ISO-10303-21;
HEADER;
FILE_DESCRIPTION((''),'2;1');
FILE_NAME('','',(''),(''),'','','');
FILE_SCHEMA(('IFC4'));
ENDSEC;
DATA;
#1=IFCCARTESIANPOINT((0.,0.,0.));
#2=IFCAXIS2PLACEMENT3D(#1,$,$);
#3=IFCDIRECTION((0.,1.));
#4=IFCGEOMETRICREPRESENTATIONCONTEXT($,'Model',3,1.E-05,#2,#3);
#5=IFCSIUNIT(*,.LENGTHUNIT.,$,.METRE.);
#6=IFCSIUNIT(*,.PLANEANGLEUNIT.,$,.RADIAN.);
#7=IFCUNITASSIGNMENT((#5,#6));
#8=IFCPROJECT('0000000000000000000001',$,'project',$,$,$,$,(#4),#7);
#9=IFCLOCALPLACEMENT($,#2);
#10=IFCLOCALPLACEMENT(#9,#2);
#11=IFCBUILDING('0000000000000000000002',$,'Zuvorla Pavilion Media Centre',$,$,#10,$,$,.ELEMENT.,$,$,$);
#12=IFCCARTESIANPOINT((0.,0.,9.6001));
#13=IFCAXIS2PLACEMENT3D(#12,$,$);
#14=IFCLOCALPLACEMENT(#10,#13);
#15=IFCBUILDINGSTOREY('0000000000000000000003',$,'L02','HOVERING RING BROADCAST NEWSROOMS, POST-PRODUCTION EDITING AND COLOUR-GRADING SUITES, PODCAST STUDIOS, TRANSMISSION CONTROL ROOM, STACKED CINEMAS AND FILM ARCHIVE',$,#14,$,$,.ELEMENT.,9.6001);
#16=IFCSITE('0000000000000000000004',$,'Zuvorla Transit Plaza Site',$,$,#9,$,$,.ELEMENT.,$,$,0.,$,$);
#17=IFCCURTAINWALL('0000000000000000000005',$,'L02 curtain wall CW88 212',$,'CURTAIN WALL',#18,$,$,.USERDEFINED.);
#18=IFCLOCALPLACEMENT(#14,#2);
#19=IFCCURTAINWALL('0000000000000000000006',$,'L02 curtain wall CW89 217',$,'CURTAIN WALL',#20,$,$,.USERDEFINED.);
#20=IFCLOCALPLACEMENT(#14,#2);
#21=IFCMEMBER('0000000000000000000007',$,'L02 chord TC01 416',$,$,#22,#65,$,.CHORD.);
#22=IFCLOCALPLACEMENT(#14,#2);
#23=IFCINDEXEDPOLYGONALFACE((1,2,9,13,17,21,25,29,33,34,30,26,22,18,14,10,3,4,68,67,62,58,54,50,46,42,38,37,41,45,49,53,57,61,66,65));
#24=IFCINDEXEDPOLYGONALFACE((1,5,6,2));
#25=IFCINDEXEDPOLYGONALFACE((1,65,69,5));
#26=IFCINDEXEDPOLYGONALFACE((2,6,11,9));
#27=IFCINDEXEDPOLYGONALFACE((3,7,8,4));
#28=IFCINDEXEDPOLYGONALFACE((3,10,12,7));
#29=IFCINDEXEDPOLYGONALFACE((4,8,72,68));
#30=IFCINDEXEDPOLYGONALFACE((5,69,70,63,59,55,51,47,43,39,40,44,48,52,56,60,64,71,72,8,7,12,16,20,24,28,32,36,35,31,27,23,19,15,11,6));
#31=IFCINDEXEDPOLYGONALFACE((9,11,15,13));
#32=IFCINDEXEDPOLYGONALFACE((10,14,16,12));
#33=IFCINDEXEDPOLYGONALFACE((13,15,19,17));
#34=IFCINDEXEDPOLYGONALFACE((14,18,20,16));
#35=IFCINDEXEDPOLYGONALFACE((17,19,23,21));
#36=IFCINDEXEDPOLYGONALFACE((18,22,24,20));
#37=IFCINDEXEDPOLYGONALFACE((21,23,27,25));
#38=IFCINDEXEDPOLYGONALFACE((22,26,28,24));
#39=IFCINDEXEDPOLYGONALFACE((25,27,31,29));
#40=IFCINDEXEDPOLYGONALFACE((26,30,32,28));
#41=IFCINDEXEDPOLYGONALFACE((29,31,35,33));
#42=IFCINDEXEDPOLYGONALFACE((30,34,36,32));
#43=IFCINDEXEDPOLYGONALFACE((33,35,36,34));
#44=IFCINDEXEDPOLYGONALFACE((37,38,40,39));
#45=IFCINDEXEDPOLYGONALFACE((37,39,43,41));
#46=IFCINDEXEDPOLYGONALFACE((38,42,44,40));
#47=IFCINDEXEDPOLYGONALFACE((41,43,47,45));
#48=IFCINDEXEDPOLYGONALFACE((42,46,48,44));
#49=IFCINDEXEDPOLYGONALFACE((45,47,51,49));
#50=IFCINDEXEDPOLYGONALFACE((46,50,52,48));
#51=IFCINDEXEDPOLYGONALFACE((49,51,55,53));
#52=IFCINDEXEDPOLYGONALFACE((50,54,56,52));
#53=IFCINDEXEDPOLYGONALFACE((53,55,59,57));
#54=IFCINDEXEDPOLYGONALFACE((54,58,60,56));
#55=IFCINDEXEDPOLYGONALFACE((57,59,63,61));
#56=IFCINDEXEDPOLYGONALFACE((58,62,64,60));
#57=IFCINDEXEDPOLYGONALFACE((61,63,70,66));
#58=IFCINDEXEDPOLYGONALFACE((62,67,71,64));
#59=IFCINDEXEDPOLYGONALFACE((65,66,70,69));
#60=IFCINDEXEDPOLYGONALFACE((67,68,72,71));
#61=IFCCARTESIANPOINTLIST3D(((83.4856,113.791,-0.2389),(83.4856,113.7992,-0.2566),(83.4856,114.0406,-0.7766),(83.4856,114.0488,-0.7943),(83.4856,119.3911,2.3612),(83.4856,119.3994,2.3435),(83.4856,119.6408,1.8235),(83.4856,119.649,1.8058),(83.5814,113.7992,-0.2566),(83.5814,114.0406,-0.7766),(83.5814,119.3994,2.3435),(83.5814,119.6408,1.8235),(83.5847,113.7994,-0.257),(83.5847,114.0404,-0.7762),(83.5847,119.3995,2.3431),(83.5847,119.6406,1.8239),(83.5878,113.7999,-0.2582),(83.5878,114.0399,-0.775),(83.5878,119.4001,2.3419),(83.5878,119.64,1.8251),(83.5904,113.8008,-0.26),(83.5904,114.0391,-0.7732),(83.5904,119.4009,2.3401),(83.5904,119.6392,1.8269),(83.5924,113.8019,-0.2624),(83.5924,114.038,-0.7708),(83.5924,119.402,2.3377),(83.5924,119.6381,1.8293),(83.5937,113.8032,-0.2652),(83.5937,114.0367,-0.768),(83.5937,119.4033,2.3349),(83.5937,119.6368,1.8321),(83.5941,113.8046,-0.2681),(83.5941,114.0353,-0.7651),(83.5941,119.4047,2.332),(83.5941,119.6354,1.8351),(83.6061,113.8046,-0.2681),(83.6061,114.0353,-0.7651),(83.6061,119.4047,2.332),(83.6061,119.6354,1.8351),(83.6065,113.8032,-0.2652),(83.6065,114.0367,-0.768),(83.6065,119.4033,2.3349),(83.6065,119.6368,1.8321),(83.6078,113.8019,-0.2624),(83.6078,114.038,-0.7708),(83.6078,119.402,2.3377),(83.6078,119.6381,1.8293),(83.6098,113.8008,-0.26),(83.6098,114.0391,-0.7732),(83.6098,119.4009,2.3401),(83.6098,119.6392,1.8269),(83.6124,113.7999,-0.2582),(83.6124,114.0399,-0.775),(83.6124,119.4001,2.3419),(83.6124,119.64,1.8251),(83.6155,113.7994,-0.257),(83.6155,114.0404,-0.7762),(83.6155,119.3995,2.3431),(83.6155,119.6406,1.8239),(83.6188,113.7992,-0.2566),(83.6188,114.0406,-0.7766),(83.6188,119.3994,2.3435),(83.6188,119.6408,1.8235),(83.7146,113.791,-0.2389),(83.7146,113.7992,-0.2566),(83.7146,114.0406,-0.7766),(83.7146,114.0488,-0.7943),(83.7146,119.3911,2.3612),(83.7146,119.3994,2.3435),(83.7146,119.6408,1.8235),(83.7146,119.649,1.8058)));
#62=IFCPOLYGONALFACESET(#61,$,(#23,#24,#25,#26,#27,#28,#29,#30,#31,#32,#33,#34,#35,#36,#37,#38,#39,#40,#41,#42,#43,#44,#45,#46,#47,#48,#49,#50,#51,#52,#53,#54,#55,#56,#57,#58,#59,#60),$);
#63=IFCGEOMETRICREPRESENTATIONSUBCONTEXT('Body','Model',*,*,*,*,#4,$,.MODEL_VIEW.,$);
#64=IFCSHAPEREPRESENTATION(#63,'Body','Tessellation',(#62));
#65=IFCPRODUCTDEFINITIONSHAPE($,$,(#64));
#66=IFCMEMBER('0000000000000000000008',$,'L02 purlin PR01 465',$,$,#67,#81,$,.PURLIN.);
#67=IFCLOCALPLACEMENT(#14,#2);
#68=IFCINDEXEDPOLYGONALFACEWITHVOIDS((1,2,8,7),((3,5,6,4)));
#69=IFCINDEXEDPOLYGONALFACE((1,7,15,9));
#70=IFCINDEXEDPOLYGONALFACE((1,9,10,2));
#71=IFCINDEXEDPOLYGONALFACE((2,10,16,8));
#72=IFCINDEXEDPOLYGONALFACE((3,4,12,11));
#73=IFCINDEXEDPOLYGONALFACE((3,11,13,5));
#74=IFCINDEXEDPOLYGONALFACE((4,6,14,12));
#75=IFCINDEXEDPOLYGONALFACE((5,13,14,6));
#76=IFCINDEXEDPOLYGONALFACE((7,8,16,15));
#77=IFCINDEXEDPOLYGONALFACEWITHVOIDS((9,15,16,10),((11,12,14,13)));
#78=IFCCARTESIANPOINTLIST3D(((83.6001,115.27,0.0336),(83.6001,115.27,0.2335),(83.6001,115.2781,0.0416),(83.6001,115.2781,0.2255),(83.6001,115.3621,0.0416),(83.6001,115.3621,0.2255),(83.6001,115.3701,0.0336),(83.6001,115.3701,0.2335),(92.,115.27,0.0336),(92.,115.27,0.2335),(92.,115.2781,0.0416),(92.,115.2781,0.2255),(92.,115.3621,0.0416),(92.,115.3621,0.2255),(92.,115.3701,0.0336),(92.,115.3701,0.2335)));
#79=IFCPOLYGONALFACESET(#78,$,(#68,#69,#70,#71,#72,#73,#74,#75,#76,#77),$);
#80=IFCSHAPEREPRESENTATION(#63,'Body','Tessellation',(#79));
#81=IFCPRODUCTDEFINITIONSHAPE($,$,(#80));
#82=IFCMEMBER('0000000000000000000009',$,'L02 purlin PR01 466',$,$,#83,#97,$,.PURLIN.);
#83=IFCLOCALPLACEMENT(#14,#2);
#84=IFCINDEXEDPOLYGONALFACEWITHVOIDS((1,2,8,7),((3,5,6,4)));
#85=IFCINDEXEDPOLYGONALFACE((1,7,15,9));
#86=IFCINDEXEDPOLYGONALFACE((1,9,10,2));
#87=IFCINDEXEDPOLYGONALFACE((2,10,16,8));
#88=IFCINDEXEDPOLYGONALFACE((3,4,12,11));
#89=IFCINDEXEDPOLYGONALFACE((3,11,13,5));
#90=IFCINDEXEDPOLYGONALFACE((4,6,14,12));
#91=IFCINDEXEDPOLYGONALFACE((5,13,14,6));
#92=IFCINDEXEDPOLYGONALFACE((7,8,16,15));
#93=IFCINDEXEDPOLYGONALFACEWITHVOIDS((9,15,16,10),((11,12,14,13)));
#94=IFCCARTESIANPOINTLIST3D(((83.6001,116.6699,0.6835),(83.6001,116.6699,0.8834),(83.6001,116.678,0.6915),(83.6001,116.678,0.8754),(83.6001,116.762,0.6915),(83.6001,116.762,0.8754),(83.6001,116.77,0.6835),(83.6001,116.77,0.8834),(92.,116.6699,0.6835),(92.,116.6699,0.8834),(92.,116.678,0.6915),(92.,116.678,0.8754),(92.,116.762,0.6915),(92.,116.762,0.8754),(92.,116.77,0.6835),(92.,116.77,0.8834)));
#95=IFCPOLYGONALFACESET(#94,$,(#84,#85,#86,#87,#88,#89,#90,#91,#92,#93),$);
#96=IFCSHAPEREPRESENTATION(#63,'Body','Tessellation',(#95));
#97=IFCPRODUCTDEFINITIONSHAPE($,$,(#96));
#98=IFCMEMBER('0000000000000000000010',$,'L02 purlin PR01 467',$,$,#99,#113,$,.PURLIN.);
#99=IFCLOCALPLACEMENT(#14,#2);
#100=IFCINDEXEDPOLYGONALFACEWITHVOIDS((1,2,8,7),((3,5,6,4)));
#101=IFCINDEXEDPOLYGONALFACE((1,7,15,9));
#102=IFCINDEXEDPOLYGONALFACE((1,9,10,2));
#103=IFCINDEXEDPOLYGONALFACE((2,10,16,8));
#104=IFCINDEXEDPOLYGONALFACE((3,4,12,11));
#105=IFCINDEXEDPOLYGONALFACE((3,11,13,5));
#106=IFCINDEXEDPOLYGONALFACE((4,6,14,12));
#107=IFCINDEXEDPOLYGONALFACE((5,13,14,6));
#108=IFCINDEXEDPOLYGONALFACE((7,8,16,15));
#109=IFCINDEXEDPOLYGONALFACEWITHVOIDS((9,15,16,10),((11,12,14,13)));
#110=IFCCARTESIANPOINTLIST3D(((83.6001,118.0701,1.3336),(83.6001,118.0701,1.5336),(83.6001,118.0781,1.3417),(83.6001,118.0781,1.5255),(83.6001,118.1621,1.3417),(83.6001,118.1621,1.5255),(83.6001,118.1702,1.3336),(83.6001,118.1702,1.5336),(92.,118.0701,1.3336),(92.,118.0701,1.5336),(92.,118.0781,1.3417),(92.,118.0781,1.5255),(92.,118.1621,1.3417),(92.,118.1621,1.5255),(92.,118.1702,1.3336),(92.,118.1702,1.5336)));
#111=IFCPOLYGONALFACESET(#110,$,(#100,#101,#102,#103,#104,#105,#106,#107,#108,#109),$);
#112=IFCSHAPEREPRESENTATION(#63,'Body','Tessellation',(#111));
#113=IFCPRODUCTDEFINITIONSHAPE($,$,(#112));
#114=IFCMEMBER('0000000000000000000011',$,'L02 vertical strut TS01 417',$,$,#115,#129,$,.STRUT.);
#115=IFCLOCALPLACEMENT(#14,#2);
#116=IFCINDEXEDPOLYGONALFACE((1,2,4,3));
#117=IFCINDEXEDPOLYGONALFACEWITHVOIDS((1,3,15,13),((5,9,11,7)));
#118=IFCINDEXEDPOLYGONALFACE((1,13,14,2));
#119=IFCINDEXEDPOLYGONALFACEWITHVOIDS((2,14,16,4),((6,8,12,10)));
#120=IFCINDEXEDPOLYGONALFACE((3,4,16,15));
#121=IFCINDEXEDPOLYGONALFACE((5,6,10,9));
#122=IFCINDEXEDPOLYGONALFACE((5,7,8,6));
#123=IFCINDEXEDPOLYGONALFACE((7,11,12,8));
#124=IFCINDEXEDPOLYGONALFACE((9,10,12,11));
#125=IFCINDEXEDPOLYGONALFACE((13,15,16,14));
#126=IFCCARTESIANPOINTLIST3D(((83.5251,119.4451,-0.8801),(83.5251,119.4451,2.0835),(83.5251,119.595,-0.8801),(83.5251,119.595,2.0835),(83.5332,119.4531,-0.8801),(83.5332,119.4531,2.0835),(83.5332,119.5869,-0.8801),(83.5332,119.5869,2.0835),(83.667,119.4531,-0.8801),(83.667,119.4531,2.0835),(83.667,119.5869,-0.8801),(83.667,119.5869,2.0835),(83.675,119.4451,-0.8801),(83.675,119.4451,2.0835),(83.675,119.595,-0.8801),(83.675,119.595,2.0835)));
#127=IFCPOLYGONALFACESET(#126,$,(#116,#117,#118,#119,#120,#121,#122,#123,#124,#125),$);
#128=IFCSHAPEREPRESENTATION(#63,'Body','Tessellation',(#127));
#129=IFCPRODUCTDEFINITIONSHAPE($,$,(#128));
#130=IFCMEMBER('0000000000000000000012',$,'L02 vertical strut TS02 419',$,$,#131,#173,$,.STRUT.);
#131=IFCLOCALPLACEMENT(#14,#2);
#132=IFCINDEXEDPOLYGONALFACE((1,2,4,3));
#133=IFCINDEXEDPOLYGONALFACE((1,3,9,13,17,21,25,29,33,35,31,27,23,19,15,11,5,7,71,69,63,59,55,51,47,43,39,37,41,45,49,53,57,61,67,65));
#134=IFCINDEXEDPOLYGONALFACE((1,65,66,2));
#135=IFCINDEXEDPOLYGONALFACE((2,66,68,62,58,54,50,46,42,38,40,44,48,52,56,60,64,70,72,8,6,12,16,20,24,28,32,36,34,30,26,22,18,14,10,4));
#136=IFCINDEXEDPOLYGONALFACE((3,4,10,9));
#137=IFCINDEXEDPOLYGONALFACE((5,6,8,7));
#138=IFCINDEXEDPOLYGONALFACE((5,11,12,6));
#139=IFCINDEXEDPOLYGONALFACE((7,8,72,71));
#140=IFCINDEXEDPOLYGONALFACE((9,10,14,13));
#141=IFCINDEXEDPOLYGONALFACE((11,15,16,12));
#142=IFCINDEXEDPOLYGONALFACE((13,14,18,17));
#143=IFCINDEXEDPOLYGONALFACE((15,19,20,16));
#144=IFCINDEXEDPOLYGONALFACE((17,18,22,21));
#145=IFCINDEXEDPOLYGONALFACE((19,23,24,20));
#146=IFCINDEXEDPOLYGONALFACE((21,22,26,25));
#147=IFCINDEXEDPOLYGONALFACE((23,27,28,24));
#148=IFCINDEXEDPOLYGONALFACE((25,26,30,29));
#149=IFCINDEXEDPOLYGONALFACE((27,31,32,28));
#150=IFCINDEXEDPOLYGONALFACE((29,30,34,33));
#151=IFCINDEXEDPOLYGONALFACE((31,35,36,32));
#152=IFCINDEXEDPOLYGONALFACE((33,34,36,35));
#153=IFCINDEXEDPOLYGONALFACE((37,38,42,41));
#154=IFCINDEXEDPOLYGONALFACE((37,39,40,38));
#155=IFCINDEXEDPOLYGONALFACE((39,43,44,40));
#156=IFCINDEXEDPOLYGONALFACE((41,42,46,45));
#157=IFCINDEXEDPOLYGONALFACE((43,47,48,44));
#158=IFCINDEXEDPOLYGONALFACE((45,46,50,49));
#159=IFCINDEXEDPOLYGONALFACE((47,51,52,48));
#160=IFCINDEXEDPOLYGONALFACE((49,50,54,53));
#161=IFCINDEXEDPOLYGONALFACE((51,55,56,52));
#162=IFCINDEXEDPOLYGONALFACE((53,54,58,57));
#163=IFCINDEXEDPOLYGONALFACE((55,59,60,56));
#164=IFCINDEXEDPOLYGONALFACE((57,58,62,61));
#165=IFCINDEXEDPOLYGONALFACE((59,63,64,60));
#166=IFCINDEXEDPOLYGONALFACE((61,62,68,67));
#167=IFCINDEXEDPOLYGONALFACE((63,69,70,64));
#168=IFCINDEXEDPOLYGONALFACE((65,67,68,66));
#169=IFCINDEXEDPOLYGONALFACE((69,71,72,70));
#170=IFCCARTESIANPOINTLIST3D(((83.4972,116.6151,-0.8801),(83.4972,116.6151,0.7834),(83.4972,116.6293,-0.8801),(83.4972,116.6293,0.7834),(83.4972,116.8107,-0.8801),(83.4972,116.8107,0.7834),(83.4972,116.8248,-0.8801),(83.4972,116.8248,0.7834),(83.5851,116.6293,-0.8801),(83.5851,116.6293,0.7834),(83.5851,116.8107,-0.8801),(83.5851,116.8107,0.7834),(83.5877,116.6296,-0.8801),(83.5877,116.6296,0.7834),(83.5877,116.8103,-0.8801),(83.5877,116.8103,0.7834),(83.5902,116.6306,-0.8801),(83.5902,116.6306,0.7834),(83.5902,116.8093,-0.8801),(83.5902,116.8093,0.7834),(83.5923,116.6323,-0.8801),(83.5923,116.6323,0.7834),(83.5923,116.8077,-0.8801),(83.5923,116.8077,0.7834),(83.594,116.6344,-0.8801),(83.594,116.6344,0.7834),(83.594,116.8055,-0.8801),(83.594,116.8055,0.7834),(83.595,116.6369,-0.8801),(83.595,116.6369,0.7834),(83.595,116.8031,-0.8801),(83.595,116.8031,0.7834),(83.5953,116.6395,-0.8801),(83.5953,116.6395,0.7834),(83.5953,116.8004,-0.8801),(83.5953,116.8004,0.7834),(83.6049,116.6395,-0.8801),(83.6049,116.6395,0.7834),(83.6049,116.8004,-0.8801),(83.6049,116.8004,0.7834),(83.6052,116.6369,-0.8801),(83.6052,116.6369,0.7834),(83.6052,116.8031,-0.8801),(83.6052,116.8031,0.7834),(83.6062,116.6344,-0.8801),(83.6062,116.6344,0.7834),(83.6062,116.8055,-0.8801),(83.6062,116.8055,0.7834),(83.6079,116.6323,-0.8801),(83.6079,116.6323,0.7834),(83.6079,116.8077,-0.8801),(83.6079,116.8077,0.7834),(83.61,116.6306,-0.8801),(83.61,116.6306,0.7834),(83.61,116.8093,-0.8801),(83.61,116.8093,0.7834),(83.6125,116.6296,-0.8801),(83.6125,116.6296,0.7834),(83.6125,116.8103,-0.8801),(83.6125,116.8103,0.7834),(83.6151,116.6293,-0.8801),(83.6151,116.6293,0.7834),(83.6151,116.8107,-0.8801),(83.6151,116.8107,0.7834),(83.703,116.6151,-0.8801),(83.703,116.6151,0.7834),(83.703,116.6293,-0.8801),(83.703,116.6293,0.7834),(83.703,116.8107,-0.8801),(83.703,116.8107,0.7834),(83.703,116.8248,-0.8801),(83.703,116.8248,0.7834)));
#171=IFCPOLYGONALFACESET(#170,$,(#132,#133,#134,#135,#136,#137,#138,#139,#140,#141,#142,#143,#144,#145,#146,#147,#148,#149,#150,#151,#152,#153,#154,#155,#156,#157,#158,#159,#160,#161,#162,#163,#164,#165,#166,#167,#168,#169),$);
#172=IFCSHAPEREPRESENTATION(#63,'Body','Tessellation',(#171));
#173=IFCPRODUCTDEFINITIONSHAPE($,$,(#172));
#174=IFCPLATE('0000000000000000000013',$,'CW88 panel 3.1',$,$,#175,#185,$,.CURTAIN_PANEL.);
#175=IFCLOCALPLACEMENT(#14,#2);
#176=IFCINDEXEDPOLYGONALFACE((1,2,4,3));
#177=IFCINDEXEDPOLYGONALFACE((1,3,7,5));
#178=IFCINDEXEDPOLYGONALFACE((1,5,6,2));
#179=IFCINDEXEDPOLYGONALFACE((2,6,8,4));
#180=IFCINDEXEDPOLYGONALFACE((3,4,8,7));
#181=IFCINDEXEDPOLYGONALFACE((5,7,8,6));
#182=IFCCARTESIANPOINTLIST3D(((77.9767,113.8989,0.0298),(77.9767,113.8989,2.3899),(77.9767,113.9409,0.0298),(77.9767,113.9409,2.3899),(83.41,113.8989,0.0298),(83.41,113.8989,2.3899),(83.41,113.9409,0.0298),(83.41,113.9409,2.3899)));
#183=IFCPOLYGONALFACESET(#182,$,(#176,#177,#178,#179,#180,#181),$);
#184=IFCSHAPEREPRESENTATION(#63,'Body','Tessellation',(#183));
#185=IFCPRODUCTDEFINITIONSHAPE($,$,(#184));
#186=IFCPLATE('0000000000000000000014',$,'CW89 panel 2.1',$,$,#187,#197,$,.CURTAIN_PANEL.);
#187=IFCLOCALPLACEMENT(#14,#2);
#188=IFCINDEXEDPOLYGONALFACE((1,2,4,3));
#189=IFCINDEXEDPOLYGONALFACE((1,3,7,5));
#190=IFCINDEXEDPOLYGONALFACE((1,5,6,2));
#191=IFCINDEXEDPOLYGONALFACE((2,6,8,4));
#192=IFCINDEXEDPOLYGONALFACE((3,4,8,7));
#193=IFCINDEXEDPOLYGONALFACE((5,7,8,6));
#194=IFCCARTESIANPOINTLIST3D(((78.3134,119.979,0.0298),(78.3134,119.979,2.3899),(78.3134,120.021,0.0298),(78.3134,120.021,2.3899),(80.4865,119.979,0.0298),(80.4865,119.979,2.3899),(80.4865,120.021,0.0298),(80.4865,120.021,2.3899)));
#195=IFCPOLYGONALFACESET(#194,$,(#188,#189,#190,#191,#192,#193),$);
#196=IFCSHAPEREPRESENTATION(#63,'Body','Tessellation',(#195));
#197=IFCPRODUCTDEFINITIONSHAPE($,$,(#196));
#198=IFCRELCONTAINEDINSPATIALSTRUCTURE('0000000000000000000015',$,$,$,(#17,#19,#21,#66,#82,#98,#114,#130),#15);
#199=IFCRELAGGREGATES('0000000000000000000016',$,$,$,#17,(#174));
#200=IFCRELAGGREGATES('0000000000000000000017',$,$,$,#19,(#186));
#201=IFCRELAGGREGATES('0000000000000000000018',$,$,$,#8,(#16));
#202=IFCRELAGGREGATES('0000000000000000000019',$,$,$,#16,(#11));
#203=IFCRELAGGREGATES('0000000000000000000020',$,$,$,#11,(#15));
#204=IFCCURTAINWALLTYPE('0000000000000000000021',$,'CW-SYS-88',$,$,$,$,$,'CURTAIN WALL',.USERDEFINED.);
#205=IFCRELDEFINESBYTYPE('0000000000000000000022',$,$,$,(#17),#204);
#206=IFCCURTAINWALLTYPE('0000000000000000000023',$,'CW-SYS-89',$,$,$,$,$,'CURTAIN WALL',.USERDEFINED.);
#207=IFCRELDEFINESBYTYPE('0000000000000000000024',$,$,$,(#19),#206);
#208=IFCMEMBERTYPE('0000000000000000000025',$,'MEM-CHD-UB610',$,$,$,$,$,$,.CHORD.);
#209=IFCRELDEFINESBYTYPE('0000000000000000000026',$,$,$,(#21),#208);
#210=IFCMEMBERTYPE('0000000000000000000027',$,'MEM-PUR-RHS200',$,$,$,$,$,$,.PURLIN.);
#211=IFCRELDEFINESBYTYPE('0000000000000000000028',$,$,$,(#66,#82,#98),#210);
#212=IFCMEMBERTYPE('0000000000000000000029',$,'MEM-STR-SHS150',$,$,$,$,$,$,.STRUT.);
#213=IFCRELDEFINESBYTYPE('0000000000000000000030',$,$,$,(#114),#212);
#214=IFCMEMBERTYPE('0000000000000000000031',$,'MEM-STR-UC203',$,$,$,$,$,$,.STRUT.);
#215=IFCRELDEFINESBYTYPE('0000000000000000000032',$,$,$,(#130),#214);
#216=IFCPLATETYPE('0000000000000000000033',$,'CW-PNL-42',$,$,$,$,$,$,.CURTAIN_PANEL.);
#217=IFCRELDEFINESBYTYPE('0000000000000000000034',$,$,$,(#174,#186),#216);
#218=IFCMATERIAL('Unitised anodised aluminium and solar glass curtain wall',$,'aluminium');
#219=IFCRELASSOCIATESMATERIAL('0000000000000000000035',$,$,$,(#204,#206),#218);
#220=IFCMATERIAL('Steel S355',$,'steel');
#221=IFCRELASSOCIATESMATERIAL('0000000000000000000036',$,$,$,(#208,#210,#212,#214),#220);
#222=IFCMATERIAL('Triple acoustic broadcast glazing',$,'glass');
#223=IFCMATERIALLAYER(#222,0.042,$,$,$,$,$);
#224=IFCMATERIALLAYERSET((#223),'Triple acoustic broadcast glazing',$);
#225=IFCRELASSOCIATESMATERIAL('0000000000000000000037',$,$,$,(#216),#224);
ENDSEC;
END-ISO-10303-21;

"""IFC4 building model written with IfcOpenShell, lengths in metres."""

from ifc_helpers import new_model, si_unit, direction, frame, origin, origin_2d, place, context, subcontext, project, spatial, rectangle, hollow_rectangle, i_section, extrude, material, layer, layer_set, material_profile, profile_set, type_object, element, aggregate, save


model = new_model("IFC4")

# Units and contexts
model_context = context("Model", 3, precision=1e-05, world=origin(), true_north=direction((0.0, 1.0)))
body_context = subcontext(model_context, "Body", "Model", "MODEL_VIEW")
ifc_project = project(units=[si_unit("LENGTHUNIT", "METRE"), si_unit("PLANEANGLEUNIT", "RADIAN")], contexts=[model_context])

# Site, building, storey
site_placement = place(None, origin())
site = spatial("IfcSite", under=ifc_project, at=site_placement, Name="Zuvorla Transit Plaza Site", CompositionType="ELEMENT", RefElevation=0.0)
building_placement = place(site_placement, origin())
building = spatial("IfcBuilding", under=site, at=building_placement, Name="Zuvorla Pavilion Media Centre", CompositionType="ELEMENT")
storey_placement = place(building_placement, frame((0.0, 0.0, 9.6001)))
storey = spatial("IfcBuildingStorey", under=building, at=storey_placement, Name="L02", Description="HOVERING RING BROADCAST NEWSROOMS, POST-PRODUCTION EDITING AND COLOUR-GRADING SUITES, PODCAST STUDIOS, TRANSMISSION CONTROL ROOM, STACKED CINEMAS AND FILM ARCHIVE", CompositionType="ELEMENT", Elevation=9.6001)

# Curtain wall
ifc_material_1 = material(Name="Unitised anodised aluminium and solar glass curtain wall", Category="aluminium")
curtain_wall_type_1 = type_object("IfcCurtainWallType", Name="CW-SYS-88", ElementType="CURTAIN WALL", PredefinedType="USERDEFINED", material=ifc_material_1)
curtain_wall_1_placement = place(storey_placement, origin())
curtain_wall_1 = element("IfcCurtainWall", 1, at=curtain_wall_1_placement, inside=storey, type_object=curtain_wall_type_1, Name="L02 curtain wall CW88 212", ObjectType="CURTAIN WALL", PredefinedType="USERDEFINED")

# Curtain wall
curtain_wall_type_2 = type_object("IfcCurtainWallType", Name="CW-SYS-89", ElementType="CURTAIN WALL", PredefinedType="USERDEFINED", material=ifc_material_1)
curtain_wall_2_placement = place(storey_placement, origin())
curtain_wall_2 = element("IfcCurtainWall", 2, at=curtain_wall_2_placement, inside=storey, type_object=curtain_wall_type_2, Name="L02 curtain wall CW89 217", ObjectType="CURTAIN WALL", PredefinedType="USERDEFINED")

# Members
ifc_material_2 = material(Name="Steel S355", Category="steel")
ifc_material_profile_1 = material_profile(ifc_material_2, i_section(OverallWidth=0.229, OverallDepth=0.6123, WebThickness=0.012, FlangeThickness=0.0195, FilletRadius=0.0127, at=origin_2d()), Name="UB 610x229x125")
ifc_profile_set_1 = profile_set([ifc_material_profile_1], Name="Steel S355")
member_type_1 = type_object("IfcMemberType", Name="MEM-CHD-UB610", PredefinedType="CHORD", material=ifc_profile_set_1)
member_1_placement = place(storey_placement, frame((83.6001, 113.9199, -0.5166), z_axis=(0.0, 0.907006, 0.421118), x_axis=(-1.0, 0.0, 0.0)))
element("IfcMember", 3, at=member_1_placement, inside=storey, type_object=member_type_1, Name="L02 chord TC01 416", PredefinedType="CHORD", context=body_context, shape_type="SweptSolid", body=[
    extrude(i_section(OverallWidth=0.229, OverallDepth=0.6123, WebThickness=0.012, FlangeThickness=0.0195, FilletRadius=0.0127, at=origin_2d()), origin(), (0.0, 0.0, 1.0), 6.1743),
])
ifc_material_profile_2 = material_profile(ifc_material_2, hollow_rectangle(XDim=0.1001, YDim=0.2, WallThickness=0.0081, at=origin_2d()), Name="RHS 200x100x8")
ifc_profile_set_2 = profile_set([ifc_material_profile_2], Name="Steel S355")
member_type_2 = type_object("IfcMemberType", Name="MEM-PUR-RHS200", PredefinedType="PURLIN", material=ifc_profile_set_2)
for number, where, z_axis, x_axis, name in (
    (4, (83.6001, 115.3201, 0.1335), (1.0, 0.0, 0.0), (0.0, 1.0, 0.0), "L02 purlin PR01 465"),
    (5, (83.6001, 116.72, 0.7834), (1.0, 0.0, 0.0), (0.0, 1.0, 0.0), "L02 purlin PR01 466"),
    (6, (83.6001, 118.1201, 1.4336), (1.0, 0.0, 0.0), (0.0, 1.0, 0.0), "L02 purlin PR01 467"),
):
    element("IfcMember", number, at=place(storey_placement, frame(where, z_axis=z_axis, x_axis=x_axis)), inside=storey, type_object=member_type_2, Name=name, PredefinedType="PURLIN", context=body_context, shape_type="SweptSolid", body=[
        extrude(hollow_rectangle(XDim=0.1001, YDim=0.2, WallThickness=0.0081, at=origin_2d()), origin(), (0.0, 0.0, 1.0), 8.3999),
    ])
ifc_material_profile_3 = material_profile(ifc_material_2, hollow_rectangle(XDim=0.1499, YDim=0.1499, WallThickness=0.0081, at=origin_2d()), Name="SHS 150x150x8")
ifc_profile_set_3 = profile_set([ifc_material_profile_3], Name="Steel S355")
member_type_3 = type_object("IfcMemberType", Name="MEM-STR-SHS150", PredefinedType="STRUT", material=ifc_profile_set_3)
member_2_placement = place(storey_placement, frame((83.6001, 119.52, -0.8801), z_axis=(0.0, 0.0, 1.0), x_axis=(1.0, 0.0, 0.0)))
element("IfcMember", 7, at=member_2_placement, inside=storey, type_object=member_type_3, Name="L02 vertical strut TS01 417", PredefinedType="STRUT", context=body_context, shape_type="SweptSolid", body=[
    extrude(hollow_rectangle(XDim=0.1499, YDim=0.1499, WallThickness=0.0081, at=origin_2d()), origin(), (0.0, 0.0, 1.0), 2.9636),
])
ifc_material_profile_4 = material_profile(ifc_material_2, i_section(OverallWidth=0.2058, OverallDepth=0.2097, WebThickness=0.0095, FlangeThickness=0.0142, FilletRadius=0.0103, at=origin_2d()), Name="UC 203x203x60")
ifc_profile_set_4 = profile_set([ifc_material_profile_4], Name="Steel S355")
member_type_4 = type_object("IfcMemberType", Name="MEM-STR-UC203", PredefinedType="STRUT", material=ifc_profile_set_4)
member_3_placement = place(storey_placement, frame((83.6001, 116.72, -0.8801), z_axis=(0.0, 0.0, 1.0), x_axis=(1.0, 0.0, 0.0)))
element("IfcMember", 8, at=member_3_placement, inside=storey, type_object=member_type_4, Name="L02 vertical strut TS02 419", PredefinedType="STRUT", context=body_context, shape_type="SweptSolid", body=[
    extrude(i_section(OverallWidth=0.2058, OverallDepth=0.2097, WebThickness=0.0095, FlangeThickness=0.0142, FilletRadius=0.0103, at=origin_2d()), origin(), (0.0, 0.0, 1.0), 1.6636),
])

# Plates
ifc_material_3 = material(Name="Triple acoustic broadcast glazing", Category="glass")
ifc_layer_1 = layer(ifc_material_3, 0.042)
ifc_layer_set_1 = layer_set([ifc_layer_1], Name="Triple acoustic broadcast glazing")
plate_type_1 = type_object("IfcPlateType", Name="CW-PNL-42", PredefinedType="CURTAIN_PANEL", material=ifc_layer_set_1)
plate_1_placement = place(storey_placement, frame((80.6934, 113.9199, 0.0298), z_axis=(0.0, 0.0, 1.0), x_axis=(1.0, 0.0, 0.0)))
plate_1 = element("IfcPlate", 9, at=plate_1_placement, type_object=plate_type_1, Name="CW88 panel 3.1", PredefinedType="CURTAIN_PANEL", context=body_context, shape_type="SweptSolid", body=[
    extrude(rectangle(XDim=5.4333, YDim=0.042, at=origin_2d()), origin(), (0.0, 0.0, 1.0), 2.3601),
])
aggregate(curtain_wall_1, [plate_1])
plate_2_placement = place(storey_placement, frame((79.3999, 120.0, 0.0298), z_axis=(0.0, 0.0, 1.0), x_axis=(1.0, 0.0, 0.0)))
plate_2 = element("IfcPlate", 10, at=plate_2_placement, type_object=plate_type_1, Name="CW89 panel 2.1", PredefinedType="CURTAIN_PANEL", context=body_context, shape_type="SweptSolid", body=[
    extrude(rectangle(XDim=2.1731, YDim=0.042, at=origin_2d()), origin(), (0.0, 0.0, 1.0), 2.3601),
])
aggregate(curtain_wall_2, [plate_2])

save(model, "model.ifc")
